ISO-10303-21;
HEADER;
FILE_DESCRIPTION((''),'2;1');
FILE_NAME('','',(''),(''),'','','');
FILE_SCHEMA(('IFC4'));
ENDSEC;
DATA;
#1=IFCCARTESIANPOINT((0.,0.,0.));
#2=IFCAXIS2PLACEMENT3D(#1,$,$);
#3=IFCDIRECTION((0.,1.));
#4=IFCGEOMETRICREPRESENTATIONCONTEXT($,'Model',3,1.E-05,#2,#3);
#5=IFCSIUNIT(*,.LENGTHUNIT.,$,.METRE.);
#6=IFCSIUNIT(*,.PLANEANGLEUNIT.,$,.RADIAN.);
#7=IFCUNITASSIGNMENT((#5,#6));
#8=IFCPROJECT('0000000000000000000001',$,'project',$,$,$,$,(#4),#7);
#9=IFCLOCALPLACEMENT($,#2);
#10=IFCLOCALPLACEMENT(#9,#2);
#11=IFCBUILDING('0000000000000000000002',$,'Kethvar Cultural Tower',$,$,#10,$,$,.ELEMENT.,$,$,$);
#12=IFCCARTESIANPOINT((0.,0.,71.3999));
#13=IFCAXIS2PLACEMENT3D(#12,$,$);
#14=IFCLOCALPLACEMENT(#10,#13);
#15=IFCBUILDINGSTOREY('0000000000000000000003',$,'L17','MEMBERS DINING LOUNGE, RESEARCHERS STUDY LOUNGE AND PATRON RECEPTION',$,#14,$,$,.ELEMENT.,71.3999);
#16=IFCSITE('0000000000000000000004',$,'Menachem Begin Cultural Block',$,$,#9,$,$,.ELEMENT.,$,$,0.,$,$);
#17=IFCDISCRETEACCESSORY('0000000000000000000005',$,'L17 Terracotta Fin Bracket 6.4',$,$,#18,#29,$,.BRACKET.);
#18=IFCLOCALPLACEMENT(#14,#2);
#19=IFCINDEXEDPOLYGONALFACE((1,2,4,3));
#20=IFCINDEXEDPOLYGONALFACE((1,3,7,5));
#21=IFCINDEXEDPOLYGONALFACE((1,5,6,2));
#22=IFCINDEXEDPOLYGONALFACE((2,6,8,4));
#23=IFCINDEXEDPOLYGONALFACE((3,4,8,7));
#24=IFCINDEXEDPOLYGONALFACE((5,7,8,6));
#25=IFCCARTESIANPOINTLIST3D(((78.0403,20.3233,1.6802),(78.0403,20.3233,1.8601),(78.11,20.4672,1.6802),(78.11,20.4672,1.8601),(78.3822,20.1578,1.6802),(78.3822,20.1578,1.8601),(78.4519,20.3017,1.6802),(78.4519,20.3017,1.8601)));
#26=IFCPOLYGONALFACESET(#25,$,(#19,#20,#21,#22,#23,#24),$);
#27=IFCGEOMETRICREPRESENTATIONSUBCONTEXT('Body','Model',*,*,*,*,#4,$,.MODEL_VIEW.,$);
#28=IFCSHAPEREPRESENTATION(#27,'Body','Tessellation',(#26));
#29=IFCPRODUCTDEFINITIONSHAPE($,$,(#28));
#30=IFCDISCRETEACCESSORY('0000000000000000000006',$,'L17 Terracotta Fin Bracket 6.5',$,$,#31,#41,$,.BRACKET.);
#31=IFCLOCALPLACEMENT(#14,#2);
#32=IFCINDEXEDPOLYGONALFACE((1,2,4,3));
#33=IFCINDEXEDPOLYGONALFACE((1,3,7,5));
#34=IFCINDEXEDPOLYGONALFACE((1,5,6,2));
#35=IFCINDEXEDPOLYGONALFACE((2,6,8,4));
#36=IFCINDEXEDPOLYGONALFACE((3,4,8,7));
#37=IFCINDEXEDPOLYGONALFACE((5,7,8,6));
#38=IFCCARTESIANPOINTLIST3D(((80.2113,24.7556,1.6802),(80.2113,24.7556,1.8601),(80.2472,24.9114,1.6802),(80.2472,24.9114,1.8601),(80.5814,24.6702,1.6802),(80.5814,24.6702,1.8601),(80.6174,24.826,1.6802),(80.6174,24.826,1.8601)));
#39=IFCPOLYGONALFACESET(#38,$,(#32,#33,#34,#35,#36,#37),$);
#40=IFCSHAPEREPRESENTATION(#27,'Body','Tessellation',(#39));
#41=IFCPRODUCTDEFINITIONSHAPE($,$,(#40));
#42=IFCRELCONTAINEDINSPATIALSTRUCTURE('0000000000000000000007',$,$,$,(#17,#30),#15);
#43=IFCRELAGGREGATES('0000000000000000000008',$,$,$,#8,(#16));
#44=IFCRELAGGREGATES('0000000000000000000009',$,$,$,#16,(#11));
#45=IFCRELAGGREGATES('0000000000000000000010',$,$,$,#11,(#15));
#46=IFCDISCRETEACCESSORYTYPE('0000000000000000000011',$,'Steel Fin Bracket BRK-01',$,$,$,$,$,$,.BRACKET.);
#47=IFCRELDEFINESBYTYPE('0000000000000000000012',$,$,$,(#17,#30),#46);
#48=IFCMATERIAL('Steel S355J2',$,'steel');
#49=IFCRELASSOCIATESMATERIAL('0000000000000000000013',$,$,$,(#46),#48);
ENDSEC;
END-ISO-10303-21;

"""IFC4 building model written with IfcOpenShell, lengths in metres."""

from ifc_helpers import new_model, si_unit, direction, frame, origin, origin_2d, place, context, subcontext, project, spatial, rectangle, extrude, source, transform, mapped, material, type_object, element, save


model = new_model("IFC4")

# Units and contexts
model_context = context("Model", 3, precision=1e-05, world=origin(), true_north=direction((0.0, 1.0)))
body_context = subcontext(model_context, "Body", "Model", "MODEL_VIEW")
ifc_project = project(units=[si_unit("LENGTHUNIT", "METRE"), si_unit("PLANEANGLEUNIT", "RADIAN")], contexts=[model_context])

# Site, building, storey
site_placement = place(None, origin())
site = spatial("IfcSite", under=ifc_project, at=site_placement, Name="Menachem Begin Cultural Block", CompositionType="ELEMENT", RefElevation=0.0)
building_placement = place(site_placement, origin())
building = spatial("IfcBuilding", under=site, at=building_placement, Name="Kethvar Cultural Tower", CompositionType="ELEMENT")
storey_placement = place(building_placement, frame((0.0, 0.0, 71.3999)))
storey = spatial("IfcBuildingStorey", under=building, at=storey_placement, Name="L17", Description="MEMBERS DINING LOUNGE, RESEARCHERS STUDY LOUNGE AND PATRON RECEPTION", CompositionType="ELEMENT", Elevation=71.3999)

# Shared definitions
ifc_material_1 = material(Name="Steel S355J2", Category="steel")

# Discrete accessories
discrete_accessory_type = type_object("IfcDiscreteAccessoryType", Name="Steel Fin Bracket BRK-01", PredefinedType="BRACKET", material=ifc_material_1)
shared_shape_1 = source(origin(), body_context, "Body", "SweptSolid", [
    extrude(rectangle(XDim=0.3799, YDim=0.1599, at=origin_2d()), origin(), (0.0, 0.0, 1.0), 0.1799),
])
for number, where, z_axis, x_axis, name in (
    (1, (78.2461, 20.3125, 1.6802), (0.0, 0.0, 1.0), (0.900015, -0.43586, 0.0), "L17 Terracotta Fin Bracket 6.4"),
    (2, (80.4143, 24.7908, 1.6802), (0.0, 0.0, 1.0), (0.974409, -0.224781, 0.0), "L17 Terracotta Fin Bracket 6.5"),
):
    element("IfcDiscreteAccessory", number, at=place(storey_placement, frame(where, z_axis=z_axis, x_axis=x_axis)), inside=storey, type_object=discrete_accessory_type, Name=name, PredefinedType="BRACKET", context=body_context, shape_type="MappedRepresentation", body=[
        mapped(shared_shape_1, transform((0.0, 0.0, 0.0), scale=1.0)),
    ])

save(model, "model.ifc")
